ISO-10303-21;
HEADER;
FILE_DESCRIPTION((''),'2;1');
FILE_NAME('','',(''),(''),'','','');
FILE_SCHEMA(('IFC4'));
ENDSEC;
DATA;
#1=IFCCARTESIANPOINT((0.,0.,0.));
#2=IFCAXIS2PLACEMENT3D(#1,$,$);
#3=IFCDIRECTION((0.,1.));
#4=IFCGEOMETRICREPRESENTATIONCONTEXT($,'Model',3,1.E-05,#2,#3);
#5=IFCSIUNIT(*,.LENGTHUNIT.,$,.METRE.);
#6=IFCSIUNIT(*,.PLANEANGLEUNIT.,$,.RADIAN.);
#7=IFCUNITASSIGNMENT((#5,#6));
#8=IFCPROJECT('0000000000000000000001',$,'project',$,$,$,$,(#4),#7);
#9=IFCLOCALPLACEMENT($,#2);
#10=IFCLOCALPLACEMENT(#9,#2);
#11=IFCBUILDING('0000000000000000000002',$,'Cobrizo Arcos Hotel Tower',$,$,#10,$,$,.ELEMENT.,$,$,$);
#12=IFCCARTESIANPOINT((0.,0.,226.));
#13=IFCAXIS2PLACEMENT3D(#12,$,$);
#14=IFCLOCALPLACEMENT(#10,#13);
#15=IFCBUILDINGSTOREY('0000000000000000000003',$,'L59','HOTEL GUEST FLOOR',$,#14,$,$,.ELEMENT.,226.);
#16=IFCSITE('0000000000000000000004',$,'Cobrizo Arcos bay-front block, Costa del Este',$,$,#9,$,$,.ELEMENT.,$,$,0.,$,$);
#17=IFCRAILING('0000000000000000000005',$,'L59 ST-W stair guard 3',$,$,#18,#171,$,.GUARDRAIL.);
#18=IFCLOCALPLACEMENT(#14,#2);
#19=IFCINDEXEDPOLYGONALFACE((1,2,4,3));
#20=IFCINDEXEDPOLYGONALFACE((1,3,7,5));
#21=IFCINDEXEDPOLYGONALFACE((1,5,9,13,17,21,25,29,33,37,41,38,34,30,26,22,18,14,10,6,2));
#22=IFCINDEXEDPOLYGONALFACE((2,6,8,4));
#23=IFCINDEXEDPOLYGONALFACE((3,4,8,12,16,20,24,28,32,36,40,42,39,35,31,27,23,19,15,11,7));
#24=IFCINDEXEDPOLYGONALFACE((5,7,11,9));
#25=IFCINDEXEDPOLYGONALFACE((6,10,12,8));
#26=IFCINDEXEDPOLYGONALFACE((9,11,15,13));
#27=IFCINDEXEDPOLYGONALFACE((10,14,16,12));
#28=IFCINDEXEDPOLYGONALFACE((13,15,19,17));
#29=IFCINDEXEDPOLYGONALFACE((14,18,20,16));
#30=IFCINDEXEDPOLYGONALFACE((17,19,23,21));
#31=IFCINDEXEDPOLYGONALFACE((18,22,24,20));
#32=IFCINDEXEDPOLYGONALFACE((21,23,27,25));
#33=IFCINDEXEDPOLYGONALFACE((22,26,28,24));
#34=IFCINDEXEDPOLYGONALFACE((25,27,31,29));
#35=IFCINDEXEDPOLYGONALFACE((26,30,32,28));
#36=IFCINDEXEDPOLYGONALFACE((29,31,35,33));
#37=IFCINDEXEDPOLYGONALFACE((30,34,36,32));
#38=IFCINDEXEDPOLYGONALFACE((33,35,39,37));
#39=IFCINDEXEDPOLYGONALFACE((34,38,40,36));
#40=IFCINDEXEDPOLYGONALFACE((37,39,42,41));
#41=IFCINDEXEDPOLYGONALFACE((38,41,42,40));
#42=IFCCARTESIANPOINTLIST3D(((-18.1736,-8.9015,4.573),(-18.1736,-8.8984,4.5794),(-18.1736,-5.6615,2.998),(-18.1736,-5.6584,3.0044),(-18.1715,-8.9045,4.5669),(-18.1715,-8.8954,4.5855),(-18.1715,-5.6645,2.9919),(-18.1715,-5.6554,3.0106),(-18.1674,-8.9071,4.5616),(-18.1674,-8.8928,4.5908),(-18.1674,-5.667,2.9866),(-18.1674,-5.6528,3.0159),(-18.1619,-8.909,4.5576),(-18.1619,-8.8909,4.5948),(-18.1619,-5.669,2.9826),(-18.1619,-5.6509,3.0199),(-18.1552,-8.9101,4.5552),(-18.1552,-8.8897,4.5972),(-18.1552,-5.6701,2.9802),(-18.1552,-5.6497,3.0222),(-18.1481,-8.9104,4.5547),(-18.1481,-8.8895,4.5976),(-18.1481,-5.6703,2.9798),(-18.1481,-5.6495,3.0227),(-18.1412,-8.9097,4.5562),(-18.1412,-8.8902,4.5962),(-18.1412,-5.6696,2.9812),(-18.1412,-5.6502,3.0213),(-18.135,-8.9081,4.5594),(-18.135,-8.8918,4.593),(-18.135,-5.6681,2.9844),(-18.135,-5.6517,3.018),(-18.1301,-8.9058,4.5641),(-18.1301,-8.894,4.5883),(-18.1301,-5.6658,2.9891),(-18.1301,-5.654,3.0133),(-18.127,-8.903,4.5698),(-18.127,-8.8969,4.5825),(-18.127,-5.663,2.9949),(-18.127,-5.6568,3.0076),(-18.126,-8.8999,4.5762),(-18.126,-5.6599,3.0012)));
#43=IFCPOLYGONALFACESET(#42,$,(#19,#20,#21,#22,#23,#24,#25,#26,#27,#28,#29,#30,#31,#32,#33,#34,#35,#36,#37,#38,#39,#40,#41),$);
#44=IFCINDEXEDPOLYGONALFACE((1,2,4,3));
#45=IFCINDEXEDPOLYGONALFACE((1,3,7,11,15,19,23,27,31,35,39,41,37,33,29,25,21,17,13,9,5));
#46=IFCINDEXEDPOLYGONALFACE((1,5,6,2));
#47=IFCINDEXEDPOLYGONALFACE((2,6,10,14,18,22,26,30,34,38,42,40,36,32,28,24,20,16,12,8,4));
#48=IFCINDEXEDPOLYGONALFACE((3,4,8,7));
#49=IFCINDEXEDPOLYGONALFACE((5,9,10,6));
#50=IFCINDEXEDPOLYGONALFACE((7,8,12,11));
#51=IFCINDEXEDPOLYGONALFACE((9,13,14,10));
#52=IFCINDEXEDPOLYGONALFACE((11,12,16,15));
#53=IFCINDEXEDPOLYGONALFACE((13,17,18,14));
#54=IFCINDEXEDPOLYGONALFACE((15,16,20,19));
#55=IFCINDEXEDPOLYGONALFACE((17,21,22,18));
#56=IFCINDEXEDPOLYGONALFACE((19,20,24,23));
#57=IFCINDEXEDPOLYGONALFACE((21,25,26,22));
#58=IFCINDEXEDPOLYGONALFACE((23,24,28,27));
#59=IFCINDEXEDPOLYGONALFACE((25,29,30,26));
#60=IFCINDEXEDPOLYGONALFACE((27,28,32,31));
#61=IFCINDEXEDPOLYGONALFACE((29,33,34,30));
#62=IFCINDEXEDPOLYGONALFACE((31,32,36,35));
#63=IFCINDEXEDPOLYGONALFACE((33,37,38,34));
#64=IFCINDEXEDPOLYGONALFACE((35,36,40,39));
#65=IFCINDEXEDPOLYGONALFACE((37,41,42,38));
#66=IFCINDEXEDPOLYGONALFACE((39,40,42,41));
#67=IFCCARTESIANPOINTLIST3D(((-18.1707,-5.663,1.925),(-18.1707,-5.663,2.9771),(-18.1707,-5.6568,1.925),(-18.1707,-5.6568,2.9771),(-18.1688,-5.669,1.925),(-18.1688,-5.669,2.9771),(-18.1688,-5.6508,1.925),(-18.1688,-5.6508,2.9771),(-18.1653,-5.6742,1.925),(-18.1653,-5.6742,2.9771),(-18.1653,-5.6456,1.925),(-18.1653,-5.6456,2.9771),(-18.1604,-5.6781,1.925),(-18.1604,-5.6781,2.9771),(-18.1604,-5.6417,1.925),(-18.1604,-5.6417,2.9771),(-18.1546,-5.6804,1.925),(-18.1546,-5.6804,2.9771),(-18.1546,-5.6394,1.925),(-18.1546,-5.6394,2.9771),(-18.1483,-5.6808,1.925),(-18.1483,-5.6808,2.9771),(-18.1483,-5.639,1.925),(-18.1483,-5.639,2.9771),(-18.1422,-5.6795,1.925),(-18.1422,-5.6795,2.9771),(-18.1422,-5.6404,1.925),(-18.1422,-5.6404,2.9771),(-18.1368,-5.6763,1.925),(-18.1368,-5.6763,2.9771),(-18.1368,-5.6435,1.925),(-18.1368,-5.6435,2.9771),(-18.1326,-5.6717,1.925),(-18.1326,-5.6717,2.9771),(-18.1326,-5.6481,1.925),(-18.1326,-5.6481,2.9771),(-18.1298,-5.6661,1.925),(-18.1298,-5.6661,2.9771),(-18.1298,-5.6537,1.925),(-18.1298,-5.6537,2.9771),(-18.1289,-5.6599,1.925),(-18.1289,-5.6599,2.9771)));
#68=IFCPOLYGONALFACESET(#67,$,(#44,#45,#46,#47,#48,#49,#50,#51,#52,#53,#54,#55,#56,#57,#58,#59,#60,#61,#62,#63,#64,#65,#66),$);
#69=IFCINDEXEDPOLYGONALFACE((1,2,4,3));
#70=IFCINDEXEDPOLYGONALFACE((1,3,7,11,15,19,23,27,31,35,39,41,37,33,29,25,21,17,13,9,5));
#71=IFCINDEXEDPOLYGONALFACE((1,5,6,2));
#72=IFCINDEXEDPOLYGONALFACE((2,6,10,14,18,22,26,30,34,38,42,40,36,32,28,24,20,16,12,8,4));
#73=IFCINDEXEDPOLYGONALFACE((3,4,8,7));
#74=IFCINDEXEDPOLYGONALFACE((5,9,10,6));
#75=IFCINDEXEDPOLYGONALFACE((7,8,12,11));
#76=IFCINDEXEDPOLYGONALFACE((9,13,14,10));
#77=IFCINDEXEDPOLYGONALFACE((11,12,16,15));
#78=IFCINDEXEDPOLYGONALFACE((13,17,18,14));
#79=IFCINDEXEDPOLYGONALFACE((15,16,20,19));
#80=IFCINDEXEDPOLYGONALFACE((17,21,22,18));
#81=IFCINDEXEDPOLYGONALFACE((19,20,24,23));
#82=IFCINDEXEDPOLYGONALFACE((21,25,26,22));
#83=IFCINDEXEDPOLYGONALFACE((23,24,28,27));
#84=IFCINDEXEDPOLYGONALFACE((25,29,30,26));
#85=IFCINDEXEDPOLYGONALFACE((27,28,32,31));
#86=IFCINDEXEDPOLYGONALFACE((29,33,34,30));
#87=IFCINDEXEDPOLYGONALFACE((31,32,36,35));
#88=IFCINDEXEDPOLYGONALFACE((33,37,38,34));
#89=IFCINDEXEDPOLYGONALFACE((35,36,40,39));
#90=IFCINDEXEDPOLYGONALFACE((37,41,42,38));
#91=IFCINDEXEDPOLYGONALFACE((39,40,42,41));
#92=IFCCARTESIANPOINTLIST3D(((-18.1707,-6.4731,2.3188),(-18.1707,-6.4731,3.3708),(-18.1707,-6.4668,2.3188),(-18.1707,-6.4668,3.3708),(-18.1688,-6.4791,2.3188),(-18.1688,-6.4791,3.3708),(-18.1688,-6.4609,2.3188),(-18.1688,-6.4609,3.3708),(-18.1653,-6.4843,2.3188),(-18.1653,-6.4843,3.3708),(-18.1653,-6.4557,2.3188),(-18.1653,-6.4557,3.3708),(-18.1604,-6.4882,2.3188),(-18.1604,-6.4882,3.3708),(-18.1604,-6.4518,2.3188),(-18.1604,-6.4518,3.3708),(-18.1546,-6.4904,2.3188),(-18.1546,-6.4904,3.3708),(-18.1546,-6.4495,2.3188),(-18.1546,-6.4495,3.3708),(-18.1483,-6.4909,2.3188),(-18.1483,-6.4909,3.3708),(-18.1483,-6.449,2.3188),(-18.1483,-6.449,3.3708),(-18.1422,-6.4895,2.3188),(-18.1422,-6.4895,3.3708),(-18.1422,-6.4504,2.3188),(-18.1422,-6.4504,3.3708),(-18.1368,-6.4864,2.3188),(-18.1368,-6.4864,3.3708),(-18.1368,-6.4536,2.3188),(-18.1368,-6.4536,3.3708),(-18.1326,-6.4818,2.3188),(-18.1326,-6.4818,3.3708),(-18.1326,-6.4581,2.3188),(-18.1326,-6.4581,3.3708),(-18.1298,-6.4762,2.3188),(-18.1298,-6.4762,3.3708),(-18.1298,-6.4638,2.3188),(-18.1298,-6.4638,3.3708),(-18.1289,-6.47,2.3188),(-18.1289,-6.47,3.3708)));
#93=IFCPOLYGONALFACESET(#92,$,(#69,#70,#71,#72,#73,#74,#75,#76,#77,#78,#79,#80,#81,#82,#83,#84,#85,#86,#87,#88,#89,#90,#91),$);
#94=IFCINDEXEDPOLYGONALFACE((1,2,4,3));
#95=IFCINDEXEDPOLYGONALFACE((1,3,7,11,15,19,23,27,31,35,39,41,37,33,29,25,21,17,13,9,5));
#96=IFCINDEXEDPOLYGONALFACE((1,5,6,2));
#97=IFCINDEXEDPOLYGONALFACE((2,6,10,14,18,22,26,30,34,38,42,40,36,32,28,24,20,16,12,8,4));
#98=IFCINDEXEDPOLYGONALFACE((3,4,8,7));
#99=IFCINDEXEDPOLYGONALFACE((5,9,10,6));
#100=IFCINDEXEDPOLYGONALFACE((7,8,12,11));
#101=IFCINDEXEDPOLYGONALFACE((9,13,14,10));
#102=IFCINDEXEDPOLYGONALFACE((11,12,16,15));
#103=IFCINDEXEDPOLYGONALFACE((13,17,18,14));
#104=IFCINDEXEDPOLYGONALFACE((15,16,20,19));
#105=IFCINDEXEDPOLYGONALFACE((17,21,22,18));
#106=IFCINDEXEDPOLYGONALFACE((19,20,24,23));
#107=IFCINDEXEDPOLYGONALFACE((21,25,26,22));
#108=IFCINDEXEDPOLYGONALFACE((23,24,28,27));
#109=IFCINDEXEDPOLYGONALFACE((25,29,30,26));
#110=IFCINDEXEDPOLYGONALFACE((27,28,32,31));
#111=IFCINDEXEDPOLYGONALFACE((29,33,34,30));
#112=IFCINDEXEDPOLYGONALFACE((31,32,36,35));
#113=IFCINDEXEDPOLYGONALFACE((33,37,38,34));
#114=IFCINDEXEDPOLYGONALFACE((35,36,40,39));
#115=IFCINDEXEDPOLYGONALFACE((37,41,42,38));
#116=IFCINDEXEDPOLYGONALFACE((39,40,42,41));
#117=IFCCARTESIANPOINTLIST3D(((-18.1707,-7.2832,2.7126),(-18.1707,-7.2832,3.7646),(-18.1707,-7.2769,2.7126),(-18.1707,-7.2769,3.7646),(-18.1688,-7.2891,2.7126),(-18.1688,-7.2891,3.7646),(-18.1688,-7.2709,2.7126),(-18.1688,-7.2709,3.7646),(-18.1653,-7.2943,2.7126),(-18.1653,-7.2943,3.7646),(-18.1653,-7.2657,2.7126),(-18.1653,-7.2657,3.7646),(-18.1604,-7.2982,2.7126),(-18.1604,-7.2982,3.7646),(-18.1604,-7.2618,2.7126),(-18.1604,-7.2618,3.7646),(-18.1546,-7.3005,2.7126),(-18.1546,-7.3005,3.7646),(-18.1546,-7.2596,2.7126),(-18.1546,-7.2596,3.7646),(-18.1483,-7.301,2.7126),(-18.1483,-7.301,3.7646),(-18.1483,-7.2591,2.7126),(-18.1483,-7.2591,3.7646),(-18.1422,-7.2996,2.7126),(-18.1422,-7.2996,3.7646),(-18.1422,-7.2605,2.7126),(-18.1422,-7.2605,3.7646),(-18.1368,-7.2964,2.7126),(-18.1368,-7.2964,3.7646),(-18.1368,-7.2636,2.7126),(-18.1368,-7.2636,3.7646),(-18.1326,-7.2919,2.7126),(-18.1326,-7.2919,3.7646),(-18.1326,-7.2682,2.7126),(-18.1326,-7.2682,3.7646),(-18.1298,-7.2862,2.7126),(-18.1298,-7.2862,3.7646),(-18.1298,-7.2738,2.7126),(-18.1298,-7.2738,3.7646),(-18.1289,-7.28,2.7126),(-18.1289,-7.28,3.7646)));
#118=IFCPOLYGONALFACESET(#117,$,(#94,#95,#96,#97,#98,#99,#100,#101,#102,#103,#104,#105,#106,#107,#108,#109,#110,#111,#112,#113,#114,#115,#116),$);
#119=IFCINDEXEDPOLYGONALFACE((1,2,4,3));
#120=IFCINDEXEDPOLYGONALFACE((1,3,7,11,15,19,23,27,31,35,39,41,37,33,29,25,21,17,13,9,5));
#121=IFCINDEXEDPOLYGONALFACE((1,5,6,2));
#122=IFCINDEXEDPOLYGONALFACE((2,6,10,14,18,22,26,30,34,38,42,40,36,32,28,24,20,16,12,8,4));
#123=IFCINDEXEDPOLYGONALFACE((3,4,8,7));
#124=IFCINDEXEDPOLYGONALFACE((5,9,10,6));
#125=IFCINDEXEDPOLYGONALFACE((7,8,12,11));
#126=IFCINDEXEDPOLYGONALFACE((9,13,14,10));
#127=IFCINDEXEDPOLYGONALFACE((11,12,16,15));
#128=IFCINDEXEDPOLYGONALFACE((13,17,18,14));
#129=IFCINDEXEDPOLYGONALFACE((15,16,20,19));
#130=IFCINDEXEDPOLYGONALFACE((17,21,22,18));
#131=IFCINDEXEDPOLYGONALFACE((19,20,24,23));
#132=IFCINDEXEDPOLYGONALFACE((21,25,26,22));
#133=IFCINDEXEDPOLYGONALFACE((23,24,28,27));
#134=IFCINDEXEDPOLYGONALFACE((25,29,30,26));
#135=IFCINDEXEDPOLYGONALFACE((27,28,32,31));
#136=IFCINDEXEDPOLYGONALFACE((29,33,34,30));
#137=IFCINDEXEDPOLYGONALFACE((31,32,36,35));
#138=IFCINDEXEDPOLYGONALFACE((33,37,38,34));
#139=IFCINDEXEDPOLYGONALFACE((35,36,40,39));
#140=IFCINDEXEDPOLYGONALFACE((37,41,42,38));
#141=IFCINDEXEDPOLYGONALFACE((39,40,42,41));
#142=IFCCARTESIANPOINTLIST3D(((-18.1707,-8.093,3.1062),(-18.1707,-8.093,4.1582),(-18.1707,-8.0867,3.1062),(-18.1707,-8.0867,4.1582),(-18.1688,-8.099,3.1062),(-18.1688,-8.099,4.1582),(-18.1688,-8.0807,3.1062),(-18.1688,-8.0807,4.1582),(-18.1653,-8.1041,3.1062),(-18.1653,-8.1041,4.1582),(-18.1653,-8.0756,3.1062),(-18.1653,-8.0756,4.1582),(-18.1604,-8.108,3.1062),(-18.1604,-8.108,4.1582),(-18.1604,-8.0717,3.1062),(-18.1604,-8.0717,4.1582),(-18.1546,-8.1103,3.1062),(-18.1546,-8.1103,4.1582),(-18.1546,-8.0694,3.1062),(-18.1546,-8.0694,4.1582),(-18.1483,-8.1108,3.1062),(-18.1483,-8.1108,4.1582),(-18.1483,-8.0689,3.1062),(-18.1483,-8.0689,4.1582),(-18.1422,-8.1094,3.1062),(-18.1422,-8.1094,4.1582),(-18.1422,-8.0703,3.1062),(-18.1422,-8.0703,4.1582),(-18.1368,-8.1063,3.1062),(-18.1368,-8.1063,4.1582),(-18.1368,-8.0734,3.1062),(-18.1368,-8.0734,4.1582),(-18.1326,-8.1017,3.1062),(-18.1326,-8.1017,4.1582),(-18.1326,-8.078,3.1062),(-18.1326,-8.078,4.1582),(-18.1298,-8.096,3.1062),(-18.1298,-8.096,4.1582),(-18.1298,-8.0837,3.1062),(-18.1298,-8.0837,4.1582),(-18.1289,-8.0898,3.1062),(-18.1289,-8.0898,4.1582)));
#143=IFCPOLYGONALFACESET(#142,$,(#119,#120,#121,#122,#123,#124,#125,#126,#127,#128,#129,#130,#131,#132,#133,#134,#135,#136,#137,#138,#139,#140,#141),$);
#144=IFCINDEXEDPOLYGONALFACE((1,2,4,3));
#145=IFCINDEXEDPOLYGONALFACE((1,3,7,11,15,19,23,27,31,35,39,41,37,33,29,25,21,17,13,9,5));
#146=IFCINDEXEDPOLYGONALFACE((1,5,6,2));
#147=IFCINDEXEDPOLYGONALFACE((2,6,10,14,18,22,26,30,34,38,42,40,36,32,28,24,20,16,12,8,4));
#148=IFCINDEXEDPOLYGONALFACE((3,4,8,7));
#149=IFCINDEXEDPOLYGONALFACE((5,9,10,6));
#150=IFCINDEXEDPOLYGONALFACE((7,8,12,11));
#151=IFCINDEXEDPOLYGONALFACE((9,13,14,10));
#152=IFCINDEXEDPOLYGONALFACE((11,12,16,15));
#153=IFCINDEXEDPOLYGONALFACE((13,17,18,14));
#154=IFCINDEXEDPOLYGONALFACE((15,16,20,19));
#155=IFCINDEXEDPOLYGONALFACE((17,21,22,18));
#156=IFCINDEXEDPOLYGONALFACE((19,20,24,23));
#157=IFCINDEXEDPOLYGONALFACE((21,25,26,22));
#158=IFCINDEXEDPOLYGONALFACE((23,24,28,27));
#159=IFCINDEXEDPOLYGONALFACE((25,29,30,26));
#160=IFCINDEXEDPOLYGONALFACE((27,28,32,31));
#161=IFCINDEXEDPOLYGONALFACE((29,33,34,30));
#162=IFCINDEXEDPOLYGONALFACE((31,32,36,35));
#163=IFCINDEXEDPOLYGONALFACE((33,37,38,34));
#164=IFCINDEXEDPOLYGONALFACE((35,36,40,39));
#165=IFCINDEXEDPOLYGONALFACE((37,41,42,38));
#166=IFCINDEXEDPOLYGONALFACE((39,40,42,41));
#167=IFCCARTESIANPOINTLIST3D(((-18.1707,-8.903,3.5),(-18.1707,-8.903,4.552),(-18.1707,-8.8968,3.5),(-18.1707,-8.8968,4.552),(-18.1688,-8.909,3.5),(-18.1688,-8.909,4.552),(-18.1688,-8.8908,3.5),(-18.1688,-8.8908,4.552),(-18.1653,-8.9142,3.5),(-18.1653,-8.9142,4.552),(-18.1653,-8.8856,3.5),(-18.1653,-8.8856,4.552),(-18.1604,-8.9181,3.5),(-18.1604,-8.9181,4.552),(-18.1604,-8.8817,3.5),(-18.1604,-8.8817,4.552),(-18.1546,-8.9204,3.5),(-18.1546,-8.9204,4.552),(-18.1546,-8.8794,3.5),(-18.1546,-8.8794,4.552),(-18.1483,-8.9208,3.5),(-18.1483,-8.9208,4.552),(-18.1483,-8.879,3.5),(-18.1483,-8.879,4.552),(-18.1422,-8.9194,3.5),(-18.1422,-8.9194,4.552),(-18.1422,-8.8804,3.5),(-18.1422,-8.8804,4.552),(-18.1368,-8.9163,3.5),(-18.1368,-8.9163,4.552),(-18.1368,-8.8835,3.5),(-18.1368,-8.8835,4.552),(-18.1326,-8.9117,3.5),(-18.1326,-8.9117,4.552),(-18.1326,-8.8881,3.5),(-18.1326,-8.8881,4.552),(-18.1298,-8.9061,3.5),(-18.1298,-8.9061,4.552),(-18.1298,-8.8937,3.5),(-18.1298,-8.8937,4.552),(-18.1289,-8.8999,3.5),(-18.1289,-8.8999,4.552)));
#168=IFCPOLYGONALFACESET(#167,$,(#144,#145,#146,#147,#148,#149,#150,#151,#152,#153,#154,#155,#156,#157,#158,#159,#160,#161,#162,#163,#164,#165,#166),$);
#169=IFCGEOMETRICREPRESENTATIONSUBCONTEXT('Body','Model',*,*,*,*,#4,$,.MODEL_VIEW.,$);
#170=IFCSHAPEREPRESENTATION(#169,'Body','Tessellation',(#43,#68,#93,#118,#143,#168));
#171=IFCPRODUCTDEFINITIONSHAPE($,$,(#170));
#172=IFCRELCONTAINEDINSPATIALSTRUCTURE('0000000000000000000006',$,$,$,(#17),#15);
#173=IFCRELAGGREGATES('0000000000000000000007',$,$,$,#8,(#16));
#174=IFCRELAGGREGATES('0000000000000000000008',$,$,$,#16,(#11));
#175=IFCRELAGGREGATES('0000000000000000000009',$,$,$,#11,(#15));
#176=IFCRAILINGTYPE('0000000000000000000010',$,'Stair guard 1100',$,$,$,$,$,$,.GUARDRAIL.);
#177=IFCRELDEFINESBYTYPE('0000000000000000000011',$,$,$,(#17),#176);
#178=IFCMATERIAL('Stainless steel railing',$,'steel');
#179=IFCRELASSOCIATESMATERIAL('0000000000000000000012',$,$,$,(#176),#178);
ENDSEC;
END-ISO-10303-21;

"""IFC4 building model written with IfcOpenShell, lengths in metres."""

from ifc_helpers import new_model, si_unit, direction, frame, origin, origin_2d, place, context, subcontext, project, spatial, circle, extrude, material, type_object, element, save


model = new_model("IFC4")

# Units and contexts
model_context = context("Model", 3, precision=1e-05, world=origin(), true_north=direction((0.0, 1.0)))
body_context = subcontext(model_context, "Body", "Model", "MODEL_VIEW")
ifc_project = project(units=[si_unit("LENGTHUNIT", "METRE"), si_unit("PLANEANGLEUNIT", "RADIAN")], contexts=[model_context])

# Site, building, storey
site_placement = place(None, origin())
site = spatial("IfcSite", under=ifc_project, at=site_placement, Name="Cobrizo Arcos bay-front block, Costa del Este", CompositionType="ELEMENT", RefElevation=0.0)
building_placement = place(site_placement, origin())
building = spatial("IfcBuilding", under=site, at=building_placement, Name="Cobrizo Arcos Hotel Tower", CompositionType="ELEMENT")
storey_placement = place(building_placement, frame((0.0, 0.0, 226.0)))
storey = spatial("IfcBuildingStorey", under=building, at=storey_placement, Name="L59", Description="HOTEL GUEST FLOOR", CompositionType="ELEMENT", Elevation=226.0)

# Railing
ifc_material_1 = material(Name="Stainless steel railing", Category="steel")
railing_type_1 = type_object("IfcRailingType", Name="Stair guard 1100", PredefinedType="GUARDRAIL", material=ifc_material_1)
railing_1_placement = place(storey_placement, frame((-18.1499, -5.6599, 1.925)))
element("IfcRailing", 1, at=railing_1_placement, inside=storey, type_object=railing_type_1, Name="L59 ST-W stair guard 3", PredefinedType="GUARDRAIL", context=body_context, shape_type="SweptSolid", body=[
    extrude(circle(Radius=0.0239, at=origin_2d()), frame((0.0, 0.0, 1.0762), z_axis=(0.0, -0.899373, 0.437183), x_axis=(1.0, 0.0, 0.0)), (0.0, 0.0, 1.0), 3.6025),
    extrude(circle(Radius=0.021, at=origin_2d()), origin(), (0.0, 0.0, 1.0), 1.052),
    extrude(circle(Radius=0.021, at=origin_2d()), frame((0.0, -0.8101, 0.3938)), (0.0, 0.0, 1.0), 1.052),
    extrude(circle(Radius=0.021, at=origin_2d()), frame((0.0, -1.6201, 0.7876)), (0.0, 0.0, 1.0), 1.052),
    extrude(circle(Radius=0.021, at=origin_2d()), frame((0.0, -2.4299, 1.1812)), (0.0, 0.0, 1.0), 1.052),
    extrude(circle(Radius=0.021, at=origin_2d()), frame((0.0, -3.24, 1.575)), (0.0, 0.0, 1.0), 1.052),
])

save(model, "model.ifc")
